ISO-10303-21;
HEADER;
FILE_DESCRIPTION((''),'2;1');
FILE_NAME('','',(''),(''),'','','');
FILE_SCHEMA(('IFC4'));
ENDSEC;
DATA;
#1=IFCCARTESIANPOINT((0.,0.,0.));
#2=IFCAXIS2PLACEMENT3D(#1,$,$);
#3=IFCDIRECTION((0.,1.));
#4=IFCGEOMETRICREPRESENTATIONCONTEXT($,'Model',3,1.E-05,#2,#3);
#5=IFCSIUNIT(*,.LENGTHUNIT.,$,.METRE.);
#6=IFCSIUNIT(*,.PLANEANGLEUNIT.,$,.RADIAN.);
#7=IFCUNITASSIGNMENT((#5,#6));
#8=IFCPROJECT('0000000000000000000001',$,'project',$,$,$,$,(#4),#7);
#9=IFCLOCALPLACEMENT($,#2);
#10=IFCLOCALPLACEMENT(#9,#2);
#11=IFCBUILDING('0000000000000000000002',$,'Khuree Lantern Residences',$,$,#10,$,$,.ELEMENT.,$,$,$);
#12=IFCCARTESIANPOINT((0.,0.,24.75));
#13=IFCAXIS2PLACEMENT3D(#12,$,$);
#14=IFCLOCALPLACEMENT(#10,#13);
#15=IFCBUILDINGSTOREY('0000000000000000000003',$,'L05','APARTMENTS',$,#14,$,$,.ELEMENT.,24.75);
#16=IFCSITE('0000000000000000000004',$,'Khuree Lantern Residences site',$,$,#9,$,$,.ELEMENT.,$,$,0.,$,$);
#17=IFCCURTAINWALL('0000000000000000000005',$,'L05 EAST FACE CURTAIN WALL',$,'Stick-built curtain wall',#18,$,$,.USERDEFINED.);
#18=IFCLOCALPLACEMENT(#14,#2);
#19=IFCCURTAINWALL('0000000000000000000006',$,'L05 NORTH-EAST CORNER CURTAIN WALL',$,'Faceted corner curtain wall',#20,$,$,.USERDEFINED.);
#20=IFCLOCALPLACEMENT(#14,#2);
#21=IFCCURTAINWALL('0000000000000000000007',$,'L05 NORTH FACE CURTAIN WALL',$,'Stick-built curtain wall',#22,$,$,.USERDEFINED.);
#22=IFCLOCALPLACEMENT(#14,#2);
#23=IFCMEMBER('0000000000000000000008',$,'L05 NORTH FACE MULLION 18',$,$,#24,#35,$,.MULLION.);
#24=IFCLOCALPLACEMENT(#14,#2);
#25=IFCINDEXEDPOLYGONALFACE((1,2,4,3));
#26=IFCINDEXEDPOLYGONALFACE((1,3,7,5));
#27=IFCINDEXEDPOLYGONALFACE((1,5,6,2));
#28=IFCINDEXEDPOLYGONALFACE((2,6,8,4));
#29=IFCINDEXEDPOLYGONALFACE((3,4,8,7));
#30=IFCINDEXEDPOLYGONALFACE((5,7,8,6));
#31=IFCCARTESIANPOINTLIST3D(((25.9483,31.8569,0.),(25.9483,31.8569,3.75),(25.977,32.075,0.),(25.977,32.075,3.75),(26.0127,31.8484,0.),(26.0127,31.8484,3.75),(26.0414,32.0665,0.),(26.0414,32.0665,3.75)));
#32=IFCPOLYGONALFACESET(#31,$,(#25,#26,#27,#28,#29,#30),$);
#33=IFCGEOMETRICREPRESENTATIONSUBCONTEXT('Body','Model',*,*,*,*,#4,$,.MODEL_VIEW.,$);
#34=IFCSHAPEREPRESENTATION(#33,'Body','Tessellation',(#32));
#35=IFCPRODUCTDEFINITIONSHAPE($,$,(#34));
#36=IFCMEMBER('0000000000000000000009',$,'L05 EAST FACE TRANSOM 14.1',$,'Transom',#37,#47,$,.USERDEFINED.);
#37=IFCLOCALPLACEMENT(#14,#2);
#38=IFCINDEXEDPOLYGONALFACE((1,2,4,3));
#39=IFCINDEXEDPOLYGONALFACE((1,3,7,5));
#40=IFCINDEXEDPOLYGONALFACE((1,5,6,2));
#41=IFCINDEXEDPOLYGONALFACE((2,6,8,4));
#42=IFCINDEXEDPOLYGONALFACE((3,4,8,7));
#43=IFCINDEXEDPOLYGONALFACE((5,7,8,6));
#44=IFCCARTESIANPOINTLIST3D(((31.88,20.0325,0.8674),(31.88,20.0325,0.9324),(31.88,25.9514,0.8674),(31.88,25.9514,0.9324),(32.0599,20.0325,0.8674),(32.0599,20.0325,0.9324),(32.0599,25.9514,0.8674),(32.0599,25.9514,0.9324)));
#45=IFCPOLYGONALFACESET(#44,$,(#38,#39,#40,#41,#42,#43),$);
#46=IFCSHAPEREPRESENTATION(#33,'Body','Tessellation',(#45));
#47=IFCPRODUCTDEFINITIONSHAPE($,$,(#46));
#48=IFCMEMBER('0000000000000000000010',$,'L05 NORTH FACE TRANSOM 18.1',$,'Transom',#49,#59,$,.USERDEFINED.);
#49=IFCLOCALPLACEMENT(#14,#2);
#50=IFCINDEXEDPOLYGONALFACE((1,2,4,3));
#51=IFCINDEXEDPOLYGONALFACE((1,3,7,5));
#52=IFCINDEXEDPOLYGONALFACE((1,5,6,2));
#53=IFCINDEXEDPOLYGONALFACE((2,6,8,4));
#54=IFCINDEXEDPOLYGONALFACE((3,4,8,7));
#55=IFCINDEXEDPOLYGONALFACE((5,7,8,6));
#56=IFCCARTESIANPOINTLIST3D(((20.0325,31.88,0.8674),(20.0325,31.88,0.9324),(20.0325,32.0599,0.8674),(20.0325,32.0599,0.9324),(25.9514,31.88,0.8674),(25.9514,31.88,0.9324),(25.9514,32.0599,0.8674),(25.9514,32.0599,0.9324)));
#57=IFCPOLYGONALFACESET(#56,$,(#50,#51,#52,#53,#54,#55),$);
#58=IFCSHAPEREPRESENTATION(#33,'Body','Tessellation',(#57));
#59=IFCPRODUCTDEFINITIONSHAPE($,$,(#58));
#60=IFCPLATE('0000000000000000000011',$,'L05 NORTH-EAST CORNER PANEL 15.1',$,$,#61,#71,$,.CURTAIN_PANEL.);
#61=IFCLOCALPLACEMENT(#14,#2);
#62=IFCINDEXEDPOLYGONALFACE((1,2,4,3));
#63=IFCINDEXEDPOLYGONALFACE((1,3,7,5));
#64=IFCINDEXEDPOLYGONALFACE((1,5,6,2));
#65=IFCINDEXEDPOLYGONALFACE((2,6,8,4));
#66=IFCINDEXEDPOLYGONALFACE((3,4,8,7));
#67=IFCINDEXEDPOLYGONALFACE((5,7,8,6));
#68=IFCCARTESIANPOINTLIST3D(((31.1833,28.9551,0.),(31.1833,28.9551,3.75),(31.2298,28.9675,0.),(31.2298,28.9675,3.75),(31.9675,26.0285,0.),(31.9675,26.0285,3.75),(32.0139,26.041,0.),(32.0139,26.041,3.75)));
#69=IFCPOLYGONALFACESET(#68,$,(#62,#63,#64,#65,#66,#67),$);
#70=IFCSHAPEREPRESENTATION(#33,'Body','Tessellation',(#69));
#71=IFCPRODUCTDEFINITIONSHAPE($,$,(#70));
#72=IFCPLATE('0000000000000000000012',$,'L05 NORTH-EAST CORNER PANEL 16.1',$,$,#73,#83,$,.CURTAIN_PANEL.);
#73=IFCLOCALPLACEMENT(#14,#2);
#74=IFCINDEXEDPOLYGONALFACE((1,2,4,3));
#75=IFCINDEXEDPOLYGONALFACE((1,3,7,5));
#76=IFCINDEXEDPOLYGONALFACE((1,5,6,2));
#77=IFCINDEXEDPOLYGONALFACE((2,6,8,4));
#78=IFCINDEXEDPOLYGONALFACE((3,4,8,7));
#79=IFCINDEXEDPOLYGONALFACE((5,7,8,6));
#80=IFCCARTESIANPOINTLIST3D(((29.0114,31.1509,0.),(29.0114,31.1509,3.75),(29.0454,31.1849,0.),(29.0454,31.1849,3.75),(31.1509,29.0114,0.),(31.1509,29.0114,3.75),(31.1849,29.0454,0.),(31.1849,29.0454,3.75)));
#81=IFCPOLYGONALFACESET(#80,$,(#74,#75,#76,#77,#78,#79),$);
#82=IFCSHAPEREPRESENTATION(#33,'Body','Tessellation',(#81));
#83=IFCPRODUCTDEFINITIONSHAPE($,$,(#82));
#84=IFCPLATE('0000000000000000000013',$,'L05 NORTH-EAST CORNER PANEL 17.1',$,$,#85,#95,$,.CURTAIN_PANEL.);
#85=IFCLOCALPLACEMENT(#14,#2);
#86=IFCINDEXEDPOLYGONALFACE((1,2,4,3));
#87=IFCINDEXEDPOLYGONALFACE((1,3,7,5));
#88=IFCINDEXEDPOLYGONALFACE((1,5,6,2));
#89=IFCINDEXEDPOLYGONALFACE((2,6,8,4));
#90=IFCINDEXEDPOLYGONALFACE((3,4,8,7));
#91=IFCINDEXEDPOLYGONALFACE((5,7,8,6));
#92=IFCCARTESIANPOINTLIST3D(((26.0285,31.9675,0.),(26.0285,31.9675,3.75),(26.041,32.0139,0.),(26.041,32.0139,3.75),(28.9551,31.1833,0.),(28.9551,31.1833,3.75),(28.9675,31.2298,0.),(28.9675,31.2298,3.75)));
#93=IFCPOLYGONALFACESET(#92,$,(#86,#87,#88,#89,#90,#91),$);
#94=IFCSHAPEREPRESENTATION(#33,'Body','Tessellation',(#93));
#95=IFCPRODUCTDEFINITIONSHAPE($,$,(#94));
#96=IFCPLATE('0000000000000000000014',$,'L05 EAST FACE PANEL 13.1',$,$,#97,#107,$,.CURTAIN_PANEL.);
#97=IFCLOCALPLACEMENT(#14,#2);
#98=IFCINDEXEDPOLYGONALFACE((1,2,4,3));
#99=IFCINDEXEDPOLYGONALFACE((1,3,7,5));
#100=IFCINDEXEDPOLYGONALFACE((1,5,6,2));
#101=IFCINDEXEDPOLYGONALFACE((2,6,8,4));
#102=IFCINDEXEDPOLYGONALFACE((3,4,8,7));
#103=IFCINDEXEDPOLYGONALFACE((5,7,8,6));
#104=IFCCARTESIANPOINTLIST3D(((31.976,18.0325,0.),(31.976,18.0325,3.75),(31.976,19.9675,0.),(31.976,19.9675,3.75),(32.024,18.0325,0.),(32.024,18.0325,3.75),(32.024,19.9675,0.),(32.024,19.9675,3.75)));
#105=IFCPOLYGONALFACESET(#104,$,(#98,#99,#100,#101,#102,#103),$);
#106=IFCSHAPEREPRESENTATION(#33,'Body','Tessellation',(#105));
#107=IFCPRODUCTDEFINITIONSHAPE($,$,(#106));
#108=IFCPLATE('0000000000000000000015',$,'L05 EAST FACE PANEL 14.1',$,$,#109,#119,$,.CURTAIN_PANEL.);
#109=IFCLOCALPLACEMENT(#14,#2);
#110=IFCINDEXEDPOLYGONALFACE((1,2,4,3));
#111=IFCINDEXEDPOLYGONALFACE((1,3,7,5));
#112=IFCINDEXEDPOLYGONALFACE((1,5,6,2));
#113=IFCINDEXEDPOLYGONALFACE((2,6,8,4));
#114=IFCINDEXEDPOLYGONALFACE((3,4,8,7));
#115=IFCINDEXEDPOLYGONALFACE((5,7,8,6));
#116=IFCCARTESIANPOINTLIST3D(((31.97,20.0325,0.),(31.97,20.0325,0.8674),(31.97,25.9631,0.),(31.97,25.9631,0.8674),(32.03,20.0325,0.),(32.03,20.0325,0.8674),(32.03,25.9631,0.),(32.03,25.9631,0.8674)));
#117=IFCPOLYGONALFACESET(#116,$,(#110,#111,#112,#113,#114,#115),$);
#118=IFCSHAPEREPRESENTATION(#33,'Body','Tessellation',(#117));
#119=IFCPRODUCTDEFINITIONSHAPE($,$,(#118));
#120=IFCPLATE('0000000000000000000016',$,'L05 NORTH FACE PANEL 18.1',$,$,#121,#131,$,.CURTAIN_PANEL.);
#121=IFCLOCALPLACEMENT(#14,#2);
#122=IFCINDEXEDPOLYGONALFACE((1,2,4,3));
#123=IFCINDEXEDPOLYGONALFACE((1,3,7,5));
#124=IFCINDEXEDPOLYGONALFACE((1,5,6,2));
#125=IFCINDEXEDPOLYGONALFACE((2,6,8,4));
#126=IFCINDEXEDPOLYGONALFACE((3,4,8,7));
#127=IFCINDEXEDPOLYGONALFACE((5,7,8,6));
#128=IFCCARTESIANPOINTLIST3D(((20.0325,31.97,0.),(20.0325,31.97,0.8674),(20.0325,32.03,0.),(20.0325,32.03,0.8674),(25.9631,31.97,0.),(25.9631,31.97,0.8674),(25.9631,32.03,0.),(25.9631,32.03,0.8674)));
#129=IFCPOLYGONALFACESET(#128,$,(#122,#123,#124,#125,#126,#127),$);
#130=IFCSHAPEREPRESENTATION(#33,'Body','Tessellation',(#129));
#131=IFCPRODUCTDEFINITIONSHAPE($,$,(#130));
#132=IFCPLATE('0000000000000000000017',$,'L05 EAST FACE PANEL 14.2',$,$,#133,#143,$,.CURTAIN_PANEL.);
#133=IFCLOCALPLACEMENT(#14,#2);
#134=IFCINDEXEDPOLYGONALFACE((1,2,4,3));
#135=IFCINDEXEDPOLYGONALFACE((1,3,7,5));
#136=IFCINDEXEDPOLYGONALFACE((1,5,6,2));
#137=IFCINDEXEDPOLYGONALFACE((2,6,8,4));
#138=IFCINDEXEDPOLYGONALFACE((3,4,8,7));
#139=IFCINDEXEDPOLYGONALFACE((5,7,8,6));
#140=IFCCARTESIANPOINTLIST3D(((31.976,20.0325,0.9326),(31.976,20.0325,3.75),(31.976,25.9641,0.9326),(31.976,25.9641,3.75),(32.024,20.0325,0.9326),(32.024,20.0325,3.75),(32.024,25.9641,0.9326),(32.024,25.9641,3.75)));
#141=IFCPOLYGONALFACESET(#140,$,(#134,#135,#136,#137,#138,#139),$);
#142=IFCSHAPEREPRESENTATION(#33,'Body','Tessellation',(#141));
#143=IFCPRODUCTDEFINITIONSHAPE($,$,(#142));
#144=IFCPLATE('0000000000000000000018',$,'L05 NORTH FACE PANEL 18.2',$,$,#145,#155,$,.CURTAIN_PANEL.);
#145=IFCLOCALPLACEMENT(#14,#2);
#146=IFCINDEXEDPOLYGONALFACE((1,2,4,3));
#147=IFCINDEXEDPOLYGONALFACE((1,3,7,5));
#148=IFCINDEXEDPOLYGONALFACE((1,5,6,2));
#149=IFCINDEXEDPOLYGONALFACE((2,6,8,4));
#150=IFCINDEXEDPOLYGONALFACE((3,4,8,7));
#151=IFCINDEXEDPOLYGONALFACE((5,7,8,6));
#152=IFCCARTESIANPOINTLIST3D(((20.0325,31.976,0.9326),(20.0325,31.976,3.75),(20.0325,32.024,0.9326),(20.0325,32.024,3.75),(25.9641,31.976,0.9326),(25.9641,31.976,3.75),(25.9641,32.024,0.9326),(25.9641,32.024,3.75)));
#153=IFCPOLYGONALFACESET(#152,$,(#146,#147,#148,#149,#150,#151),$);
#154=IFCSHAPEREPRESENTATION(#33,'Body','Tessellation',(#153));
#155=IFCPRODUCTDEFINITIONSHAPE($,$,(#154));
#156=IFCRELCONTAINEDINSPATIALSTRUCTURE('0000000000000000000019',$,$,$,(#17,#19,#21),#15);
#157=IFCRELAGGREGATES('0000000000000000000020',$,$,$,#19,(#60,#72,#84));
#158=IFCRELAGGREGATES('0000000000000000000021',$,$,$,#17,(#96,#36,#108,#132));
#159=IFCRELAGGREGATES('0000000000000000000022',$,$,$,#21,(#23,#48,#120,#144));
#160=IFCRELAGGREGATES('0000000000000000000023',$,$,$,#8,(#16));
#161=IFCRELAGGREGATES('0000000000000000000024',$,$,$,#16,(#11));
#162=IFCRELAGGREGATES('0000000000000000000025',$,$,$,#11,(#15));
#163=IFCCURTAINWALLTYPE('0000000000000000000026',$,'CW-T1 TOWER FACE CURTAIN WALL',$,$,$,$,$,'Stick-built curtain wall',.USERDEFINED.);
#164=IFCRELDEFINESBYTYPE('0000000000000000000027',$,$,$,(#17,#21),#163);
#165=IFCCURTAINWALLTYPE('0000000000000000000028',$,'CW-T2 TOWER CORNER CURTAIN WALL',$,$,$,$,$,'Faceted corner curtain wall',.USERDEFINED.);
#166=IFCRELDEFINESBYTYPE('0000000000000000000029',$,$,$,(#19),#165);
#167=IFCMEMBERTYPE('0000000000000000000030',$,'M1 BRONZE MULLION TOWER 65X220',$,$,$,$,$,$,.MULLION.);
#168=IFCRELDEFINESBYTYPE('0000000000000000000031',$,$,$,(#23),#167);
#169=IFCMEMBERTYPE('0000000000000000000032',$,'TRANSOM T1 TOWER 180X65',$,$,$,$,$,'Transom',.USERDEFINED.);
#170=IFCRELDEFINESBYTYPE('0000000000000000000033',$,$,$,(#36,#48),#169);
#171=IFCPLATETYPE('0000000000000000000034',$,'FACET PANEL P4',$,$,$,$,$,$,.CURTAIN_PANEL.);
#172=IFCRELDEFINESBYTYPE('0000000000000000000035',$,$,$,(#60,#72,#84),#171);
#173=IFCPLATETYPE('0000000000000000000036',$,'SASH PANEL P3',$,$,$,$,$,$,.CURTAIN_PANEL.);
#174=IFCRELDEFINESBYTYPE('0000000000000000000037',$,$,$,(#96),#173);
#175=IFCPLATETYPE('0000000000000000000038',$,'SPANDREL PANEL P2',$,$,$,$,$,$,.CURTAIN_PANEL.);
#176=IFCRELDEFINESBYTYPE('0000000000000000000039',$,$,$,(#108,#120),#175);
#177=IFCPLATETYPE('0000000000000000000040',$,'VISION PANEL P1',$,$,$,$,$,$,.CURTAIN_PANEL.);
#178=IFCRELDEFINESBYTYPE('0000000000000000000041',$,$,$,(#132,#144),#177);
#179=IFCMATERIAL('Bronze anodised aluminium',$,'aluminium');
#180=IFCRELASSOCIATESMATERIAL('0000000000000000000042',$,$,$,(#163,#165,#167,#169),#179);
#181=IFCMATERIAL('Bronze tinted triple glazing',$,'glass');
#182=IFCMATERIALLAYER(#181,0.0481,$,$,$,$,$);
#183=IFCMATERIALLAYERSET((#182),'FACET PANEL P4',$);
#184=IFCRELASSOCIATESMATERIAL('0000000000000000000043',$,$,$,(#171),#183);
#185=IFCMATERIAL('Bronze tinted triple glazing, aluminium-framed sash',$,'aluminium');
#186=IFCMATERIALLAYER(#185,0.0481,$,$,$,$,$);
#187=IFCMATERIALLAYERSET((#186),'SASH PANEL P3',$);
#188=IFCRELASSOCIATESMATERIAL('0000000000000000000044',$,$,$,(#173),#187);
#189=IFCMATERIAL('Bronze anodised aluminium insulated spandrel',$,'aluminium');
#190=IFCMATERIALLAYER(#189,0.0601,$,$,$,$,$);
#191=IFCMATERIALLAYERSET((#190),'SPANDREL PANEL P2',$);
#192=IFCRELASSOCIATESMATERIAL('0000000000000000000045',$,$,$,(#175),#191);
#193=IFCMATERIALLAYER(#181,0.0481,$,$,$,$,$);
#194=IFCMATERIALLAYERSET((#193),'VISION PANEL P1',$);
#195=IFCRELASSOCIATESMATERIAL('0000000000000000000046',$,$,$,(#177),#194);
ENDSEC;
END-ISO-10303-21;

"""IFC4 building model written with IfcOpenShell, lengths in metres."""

from ifc_helpers import new_model, si_unit, direction, frame, origin, origin_2d, place, context, subcontext, project, spatial, rectangle, extrude, material, layer, layer_set, material_profile, profile_set, type_object, element, aggregate, save


model = new_model("IFC4")

# Units and contexts
model_context = context("Model", 3, precision=1e-05, world=origin(), true_north=direction((0.0, 1.0)))
body_context = subcontext(model_context, "Body", "Model", "MODEL_VIEW")
ifc_project = project(units=[si_unit("LENGTHUNIT", "METRE"), si_unit("PLANEANGLEUNIT", "RADIAN")], contexts=[model_context])

# Site, building, storey
site_placement = place(None, origin())
site = spatial("IfcSite", under=ifc_project, at=site_placement, Name="Khuree Lantern Residences site", CompositionType="ELEMENT", RefElevation=0.0)
building_placement = place(site_placement, origin())
building = spatial("IfcBuilding", under=site, at=building_placement, Name="Khuree Lantern Residences", CompositionType="ELEMENT")
storey_placement = place(building_placement, frame((0.0, 0.0, 24.75)))
storey = spatial("IfcBuildingStorey", under=building, at=storey_placement, Name="L05", Description="APARTMENTS", CompositionType="ELEMENT", Elevation=24.75)

# Curtain walls
ifc_material_1 = material(Name="Bronze anodised aluminium", Category="aluminium")
curtain_wall_type_1 = type_object("IfcCurtainWallType", Name="CW-T1 TOWER FACE CURTAIN WALL", ElementType="Stick-built curtain wall", PredefinedType="USERDEFINED", material=ifc_material_1)
curtain_wall_1_placement = place(storey_placement, origin())
curtain_wall_1 = element("IfcCurtainWall", 1, at=curtain_wall_1_placement, inside=storey, type_object=curtain_wall_type_1, Name="L05 EAST FACE CURTAIN WALL", ObjectType="Stick-built curtain wall", PredefinedType="USERDEFINED")
curtain_wall_type_2 = type_object("IfcCurtainWallType", Name="CW-T2 TOWER CORNER CURTAIN WALL", ElementType="Faceted corner curtain wall", PredefinedType="USERDEFINED", material=ifc_material_1)
curtain_wall_2_placement = place(storey_placement, origin())
curtain_wall_2 = element("IfcCurtainWall", 2, at=curtain_wall_2_placement, inside=storey, type_object=curtain_wall_type_2, Name="L05 NORTH-EAST CORNER CURTAIN WALL", ObjectType="Faceted corner curtain wall", PredefinedType="USERDEFINED")

# Shared definitions
ifc_material_profile_1 = material_profile(ifc_material_1, rectangle(XDim=0.0649, YDim=0.22, at=origin_2d()), Name="M1 65X220")
ifc_profile_set_1 = profile_set([ifc_material_profile_1], Name="Bronze anodised aluminium")
member_type_1 = type_object("IfcMemberType", Name="M1 BRONZE MULLION TOWER 65X220", PredefinedType="MULLION", material=ifc_profile_set_1)

# Curtain wall, member
curtain_wall_3_placement = place(storey_placement, origin())
curtain_wall_3 = element("IfcCurtainWall", 3, at=curtain_wall_3_placement, inside=storey, type_object=curtain_wall_type_1, Name="L05 NORTH FACE CURTAIN WALL", ObjectType="Stick-built curtain wall", PredefinedType="USERDEFINED")
member_1_placement = place(storey_placement, frame((25.9949, 31.9617, 0.0), z_axis=(0.0, 0.0, 1.0), x_axis=(-0.991445, 0.130526, 0.0)))
member_1 = element("IfcMember", 4, at=member_1_placement, type_object=member_type_1, Name="L05 NORTH FACE MULLION 18", PredefinedType="MULLION", context=body_context, shape_type="SweptSolid", body=[
    extrude(rectangle(XDim=0.0649, YDim=0.22, at=origin_2d()), origin(), (0.0, 0.0, 1.0), 3.75),
])

# Members
ifc_material_profile_2 = material_profile(ifc_material_1, rectangle(XDim=0.1799, YDim=0.0649, at=origin_2d()), Name="T1 180X65")
ifc_profile_set_2 = profile_set([ifc_material_profile_2], Name="Bronze anodised aluminium")
member_type_2 = type_object("IfcMemberType", Name="TRANSOM T1 TOWER 180X65", ElementType="Transom", PredefinedType="USERDEFINED", material=ifc_profile_set_2)
member_2_placement = place(storey_placement, frame((31.97, 20.0325, 0.8999), z_axis=(0.0, 1.0, 0.0), x_axis=(-1.0, 0.0, 0.0)))
member_2 = element("IfcMember", 5, at=member_2_placement, type_object=member_type_2, Name="L05 EAST FACE TRANSOM 14.1", ObjectType="Transom", PredefinedType="USERDEFINED", context=body_context, shape_type="SweptSolid", body=[
    extrude(rectangle(XDim=0.1799, YDim=0.0649, at=origin_2d()), origin(), (0.0, 0.0, 1.0), 5.9189),
])
member_3_placement = place(storey_placement, frame((25.9514, 31.97, 0.8999), z_axis=(-1.0, 0.0, 0.0), x_axis=(0.0, -1.0, 0.0)))
member_3 = element("IfcMember", 6, at=member_3_placement, type_object=member_type_2, Name="L05 NORTH FACE TRANSOM 18.1", ObjectType="Transom", PredefinedType="USERDEFINED", context=body_context, shape_type="SweptSolid", body=[
    extrude(rectangle(XDim=0.1799, YDim=0.0649, at=origin_2d()), origin(), (0.0, 0.0, 1.0), 5.9189),
])

# Plates
ifc_material_2 = material(Name="Bronze tinted triple glazing", Category="glass")
ifc_layer_1 = layer(ifc_material_2, 0.0481)
ifc_layer_set_1 = layer_set([ifc_layer_1], Name="FACET PANEL P4")
plate_type_1 = type_object("IfcPlateType", Name="FACET PANEL P4", PredefinedType="CURTAIN_PANEL", material=ifc_layer_set_1)
plate_1_placement = place(storey_placement, frame((31.5986, 27.498, 0.0), z_axis=(0.0, 0.0, 1.0), x_axis=(-0.258819, 0.965926, 0.0)))
plate_1 = element("IfcPlate", 7, at=plate_1_placement, type_object=plate_type_1, Name="L05 NORTH-EAST CORNER PANEL 15.1", PredefinedType="CURTAIN_PANEL", context=body_context, shape_type="SweptSolid", body=[
    extrude(rectangle(XDim=3.0298, YDim=0.0481, at=origin_2d()), origin(), (0.0, 0.0, 1.0), 3.75),
])
plate_2_placement = place(storey_placement, frame((30.0981, 30.0981, 0.0), z_axis=(0.0, 0.0, 1.0), x_axis=(-0.707107, 0.707107, 0.0)))
plate_2 = element("IfcPlate", 8, at=plate_2_placement, type_object=plate_type_1, Name="L05 NORTH-EAST CORNER PANEL 16.1", PredefinedType="CURTAIN_PANEL", context=body_context, shape_type="SweptSolid", body=[
    extrude(rectangle(XDim=3.0256, YDim=0.0481, at=origin_2d()), origin(), (0.0, 0.0, 1.0), 3.75),
])
plate_3_placement = place(storey_placement, frame((27.498, 31.5986, 0.0), z_axis=(0.0, 0.0, 1.0), x_axis=(-0.965926, 0.258819, 0.0)))
plate_3 = element("IfcPlate", 9, at=plate_3_placement, type_object=plate_type_1, Name="L05 NORTH-EAST CORNER PANEL 17.1", PredefinedType="CURTAIN_PANEL", context=body_context, shape_type="SweptSolid", body=[
    extrude(rectangle(XDim=3.0298, YDim=0.0481, at=origin_2d()), origin(), (0.0, 0.0, 1.0), 3.75),
])
aggregate(curtain_wall_2, [plate_1, plate_2, plate_3])
ifc_material_3 = material(Name="Bronze tinted triple glazing, aluminium-framed sash", Category="aluminium")
ifc_layer_2 = layer(ifc_material_3, 0.0481)
ifc_layer_set_2 = layer_set([ifc_layer_2], Name="SASH PANEL P3")
plate_type_2 = type_object("IfcPlateType", Name="SASH PANEL P3", PredefinedType="CURTAIN_PANEL", material=ifc_layer_set_2)
plate_4_placement = place(storey_placement, frame((32.0, 19.0, 0.0), z_axis=(0.0, 0.0, 1.0), x_axis=(0.0, 1.0, 0.0)))
plate_4 = element("IfcPlate", 10, at=plate_4_placement, type_object=plate_type_2, Name="L05 EAST FACE PANEL 13.1", PredefinedType="CURTAIN_PANEL", context=body_context, shape_type="SweptSolid", body=[
    extrude(rectangle(XDim=1.9351, YDim=0.0481, at=origin_2d()), origin(), (0.0, 0.0, 1.0), 3.75),
])
ifc_material_4 = material(Name="Bronze anodised aluminium insulated spandrel", Category="aluminium")
ifc_layer_3 = layer(ifc_material_4, 0.0601)
ifc_layer_set_3 = layer_set([ifc_layer_3], Name="SPANDREL PANEL P2")
plate_type_3 = type_object("IfcPlateType", Name="SPANDREL PANEL P2", PredefinedType="CURTAIN_PANEL", material=ifc_layer_set_3)
plate_5_placement = place(storey_placement, frame((32.0, 22.9978, 0.0), z_axis=(0.0, 0.0, 1.0), x_axis=(0.0, 1.0, 0.0)))
plate_5 = element("IfcPlate", 11, at=plate_5_placement, type_object=plate_type_3, Name="L05 EAST FACE PANEL 14.1", PredefinedType="CURTAIN_PANEL", context=body_context, shape_type="SweptSolid", body=[
    extrude(rectangle(XDim=5.9307, YDim=0.0601, at=origin_2d()), origin(), (0.0, 0.0, 1.0), 0.8674),
])
plate_6_placement = place(storey_placement, frame((22.9978, 32.0, 0.0), z_axis=(0.0, 0.0, 1.0), x_axis=(-1.0, 0.0, 0.0)))
plate_6 = element("IfcPlate", 12, at=plate_6_placement, type_object=plate_type_3, Name="L05 NORTH FACE PANEL 18.1", PredefinedType="CURTAIN_PANEL", context=body_context, shape_type="SweptSolid", body=[
    extrude(rectangle(XDim=5.9307, YDim=0.0601, at=origin_2d()), origin(), (0.0, 0.0, 1.0), 0.8674),
])
ifc_layer_4 = layer(ifc_material_2, 0.0481)
ifc_layer_set_4 = layer_set([ifc_layer_4], Name="VISION PANEL P1")
plate_type_4 = type_object("IfcPlateType", Name="VISION PANEL P1", PredefinedType="CURTAIN_PANEL", material=ifc_layer_set_4)
plate_7_placement = place(storey_placement, frame((32.0, 22.9983, 0.9326), z_axis=(0.0, 0.0, 1.0), x_axis=(0.0, 1.0, 0.0)))
plate_7 = element("IfcPlate", 13, at=plate_7_placement, type_object=plate_type_4, Name="L05 EAST FACE PANEL 14.2", PredefinedType="CURTAIN_PANEL", context=body_context, shape_type="SweptSolid", body=[
    extrude(rectangle(XDim=5.9316, YDim=0.0481, at=origin_2d()), origin(), (0.0, 0.0, 1.0), 2.8174),
])
aggregate(curtain_wall_1, [plate_4, member_2, plate_5, plate_7])
plate_8_placement = place(storey_placement, frame((22.9983, 32.0, 0.9326), z_axis=(0.0, 0.0, 1.0), x_axis=(-1.0, 0.0, 0.0)))
plate_8 = element("IfcPlate", 14, at=plate_8_placement, type_object=plate_type_4, Name="L05 NORTH FACE PANEL 18.2", PredefinedType="CURTAIN_PANEL", context=body_context, shape_type="SweptSolid", body=[
    extrude(rectangle(XDim=5.9316, YDim=0.0481, at=origin_2d()), origin(), (0.0, 0.0, 1.0), 2.8174),
])
aggregate(curtain_wall_3, [member_1, member_3, plate_6, plate_8])

save(model, "model.ifc")
